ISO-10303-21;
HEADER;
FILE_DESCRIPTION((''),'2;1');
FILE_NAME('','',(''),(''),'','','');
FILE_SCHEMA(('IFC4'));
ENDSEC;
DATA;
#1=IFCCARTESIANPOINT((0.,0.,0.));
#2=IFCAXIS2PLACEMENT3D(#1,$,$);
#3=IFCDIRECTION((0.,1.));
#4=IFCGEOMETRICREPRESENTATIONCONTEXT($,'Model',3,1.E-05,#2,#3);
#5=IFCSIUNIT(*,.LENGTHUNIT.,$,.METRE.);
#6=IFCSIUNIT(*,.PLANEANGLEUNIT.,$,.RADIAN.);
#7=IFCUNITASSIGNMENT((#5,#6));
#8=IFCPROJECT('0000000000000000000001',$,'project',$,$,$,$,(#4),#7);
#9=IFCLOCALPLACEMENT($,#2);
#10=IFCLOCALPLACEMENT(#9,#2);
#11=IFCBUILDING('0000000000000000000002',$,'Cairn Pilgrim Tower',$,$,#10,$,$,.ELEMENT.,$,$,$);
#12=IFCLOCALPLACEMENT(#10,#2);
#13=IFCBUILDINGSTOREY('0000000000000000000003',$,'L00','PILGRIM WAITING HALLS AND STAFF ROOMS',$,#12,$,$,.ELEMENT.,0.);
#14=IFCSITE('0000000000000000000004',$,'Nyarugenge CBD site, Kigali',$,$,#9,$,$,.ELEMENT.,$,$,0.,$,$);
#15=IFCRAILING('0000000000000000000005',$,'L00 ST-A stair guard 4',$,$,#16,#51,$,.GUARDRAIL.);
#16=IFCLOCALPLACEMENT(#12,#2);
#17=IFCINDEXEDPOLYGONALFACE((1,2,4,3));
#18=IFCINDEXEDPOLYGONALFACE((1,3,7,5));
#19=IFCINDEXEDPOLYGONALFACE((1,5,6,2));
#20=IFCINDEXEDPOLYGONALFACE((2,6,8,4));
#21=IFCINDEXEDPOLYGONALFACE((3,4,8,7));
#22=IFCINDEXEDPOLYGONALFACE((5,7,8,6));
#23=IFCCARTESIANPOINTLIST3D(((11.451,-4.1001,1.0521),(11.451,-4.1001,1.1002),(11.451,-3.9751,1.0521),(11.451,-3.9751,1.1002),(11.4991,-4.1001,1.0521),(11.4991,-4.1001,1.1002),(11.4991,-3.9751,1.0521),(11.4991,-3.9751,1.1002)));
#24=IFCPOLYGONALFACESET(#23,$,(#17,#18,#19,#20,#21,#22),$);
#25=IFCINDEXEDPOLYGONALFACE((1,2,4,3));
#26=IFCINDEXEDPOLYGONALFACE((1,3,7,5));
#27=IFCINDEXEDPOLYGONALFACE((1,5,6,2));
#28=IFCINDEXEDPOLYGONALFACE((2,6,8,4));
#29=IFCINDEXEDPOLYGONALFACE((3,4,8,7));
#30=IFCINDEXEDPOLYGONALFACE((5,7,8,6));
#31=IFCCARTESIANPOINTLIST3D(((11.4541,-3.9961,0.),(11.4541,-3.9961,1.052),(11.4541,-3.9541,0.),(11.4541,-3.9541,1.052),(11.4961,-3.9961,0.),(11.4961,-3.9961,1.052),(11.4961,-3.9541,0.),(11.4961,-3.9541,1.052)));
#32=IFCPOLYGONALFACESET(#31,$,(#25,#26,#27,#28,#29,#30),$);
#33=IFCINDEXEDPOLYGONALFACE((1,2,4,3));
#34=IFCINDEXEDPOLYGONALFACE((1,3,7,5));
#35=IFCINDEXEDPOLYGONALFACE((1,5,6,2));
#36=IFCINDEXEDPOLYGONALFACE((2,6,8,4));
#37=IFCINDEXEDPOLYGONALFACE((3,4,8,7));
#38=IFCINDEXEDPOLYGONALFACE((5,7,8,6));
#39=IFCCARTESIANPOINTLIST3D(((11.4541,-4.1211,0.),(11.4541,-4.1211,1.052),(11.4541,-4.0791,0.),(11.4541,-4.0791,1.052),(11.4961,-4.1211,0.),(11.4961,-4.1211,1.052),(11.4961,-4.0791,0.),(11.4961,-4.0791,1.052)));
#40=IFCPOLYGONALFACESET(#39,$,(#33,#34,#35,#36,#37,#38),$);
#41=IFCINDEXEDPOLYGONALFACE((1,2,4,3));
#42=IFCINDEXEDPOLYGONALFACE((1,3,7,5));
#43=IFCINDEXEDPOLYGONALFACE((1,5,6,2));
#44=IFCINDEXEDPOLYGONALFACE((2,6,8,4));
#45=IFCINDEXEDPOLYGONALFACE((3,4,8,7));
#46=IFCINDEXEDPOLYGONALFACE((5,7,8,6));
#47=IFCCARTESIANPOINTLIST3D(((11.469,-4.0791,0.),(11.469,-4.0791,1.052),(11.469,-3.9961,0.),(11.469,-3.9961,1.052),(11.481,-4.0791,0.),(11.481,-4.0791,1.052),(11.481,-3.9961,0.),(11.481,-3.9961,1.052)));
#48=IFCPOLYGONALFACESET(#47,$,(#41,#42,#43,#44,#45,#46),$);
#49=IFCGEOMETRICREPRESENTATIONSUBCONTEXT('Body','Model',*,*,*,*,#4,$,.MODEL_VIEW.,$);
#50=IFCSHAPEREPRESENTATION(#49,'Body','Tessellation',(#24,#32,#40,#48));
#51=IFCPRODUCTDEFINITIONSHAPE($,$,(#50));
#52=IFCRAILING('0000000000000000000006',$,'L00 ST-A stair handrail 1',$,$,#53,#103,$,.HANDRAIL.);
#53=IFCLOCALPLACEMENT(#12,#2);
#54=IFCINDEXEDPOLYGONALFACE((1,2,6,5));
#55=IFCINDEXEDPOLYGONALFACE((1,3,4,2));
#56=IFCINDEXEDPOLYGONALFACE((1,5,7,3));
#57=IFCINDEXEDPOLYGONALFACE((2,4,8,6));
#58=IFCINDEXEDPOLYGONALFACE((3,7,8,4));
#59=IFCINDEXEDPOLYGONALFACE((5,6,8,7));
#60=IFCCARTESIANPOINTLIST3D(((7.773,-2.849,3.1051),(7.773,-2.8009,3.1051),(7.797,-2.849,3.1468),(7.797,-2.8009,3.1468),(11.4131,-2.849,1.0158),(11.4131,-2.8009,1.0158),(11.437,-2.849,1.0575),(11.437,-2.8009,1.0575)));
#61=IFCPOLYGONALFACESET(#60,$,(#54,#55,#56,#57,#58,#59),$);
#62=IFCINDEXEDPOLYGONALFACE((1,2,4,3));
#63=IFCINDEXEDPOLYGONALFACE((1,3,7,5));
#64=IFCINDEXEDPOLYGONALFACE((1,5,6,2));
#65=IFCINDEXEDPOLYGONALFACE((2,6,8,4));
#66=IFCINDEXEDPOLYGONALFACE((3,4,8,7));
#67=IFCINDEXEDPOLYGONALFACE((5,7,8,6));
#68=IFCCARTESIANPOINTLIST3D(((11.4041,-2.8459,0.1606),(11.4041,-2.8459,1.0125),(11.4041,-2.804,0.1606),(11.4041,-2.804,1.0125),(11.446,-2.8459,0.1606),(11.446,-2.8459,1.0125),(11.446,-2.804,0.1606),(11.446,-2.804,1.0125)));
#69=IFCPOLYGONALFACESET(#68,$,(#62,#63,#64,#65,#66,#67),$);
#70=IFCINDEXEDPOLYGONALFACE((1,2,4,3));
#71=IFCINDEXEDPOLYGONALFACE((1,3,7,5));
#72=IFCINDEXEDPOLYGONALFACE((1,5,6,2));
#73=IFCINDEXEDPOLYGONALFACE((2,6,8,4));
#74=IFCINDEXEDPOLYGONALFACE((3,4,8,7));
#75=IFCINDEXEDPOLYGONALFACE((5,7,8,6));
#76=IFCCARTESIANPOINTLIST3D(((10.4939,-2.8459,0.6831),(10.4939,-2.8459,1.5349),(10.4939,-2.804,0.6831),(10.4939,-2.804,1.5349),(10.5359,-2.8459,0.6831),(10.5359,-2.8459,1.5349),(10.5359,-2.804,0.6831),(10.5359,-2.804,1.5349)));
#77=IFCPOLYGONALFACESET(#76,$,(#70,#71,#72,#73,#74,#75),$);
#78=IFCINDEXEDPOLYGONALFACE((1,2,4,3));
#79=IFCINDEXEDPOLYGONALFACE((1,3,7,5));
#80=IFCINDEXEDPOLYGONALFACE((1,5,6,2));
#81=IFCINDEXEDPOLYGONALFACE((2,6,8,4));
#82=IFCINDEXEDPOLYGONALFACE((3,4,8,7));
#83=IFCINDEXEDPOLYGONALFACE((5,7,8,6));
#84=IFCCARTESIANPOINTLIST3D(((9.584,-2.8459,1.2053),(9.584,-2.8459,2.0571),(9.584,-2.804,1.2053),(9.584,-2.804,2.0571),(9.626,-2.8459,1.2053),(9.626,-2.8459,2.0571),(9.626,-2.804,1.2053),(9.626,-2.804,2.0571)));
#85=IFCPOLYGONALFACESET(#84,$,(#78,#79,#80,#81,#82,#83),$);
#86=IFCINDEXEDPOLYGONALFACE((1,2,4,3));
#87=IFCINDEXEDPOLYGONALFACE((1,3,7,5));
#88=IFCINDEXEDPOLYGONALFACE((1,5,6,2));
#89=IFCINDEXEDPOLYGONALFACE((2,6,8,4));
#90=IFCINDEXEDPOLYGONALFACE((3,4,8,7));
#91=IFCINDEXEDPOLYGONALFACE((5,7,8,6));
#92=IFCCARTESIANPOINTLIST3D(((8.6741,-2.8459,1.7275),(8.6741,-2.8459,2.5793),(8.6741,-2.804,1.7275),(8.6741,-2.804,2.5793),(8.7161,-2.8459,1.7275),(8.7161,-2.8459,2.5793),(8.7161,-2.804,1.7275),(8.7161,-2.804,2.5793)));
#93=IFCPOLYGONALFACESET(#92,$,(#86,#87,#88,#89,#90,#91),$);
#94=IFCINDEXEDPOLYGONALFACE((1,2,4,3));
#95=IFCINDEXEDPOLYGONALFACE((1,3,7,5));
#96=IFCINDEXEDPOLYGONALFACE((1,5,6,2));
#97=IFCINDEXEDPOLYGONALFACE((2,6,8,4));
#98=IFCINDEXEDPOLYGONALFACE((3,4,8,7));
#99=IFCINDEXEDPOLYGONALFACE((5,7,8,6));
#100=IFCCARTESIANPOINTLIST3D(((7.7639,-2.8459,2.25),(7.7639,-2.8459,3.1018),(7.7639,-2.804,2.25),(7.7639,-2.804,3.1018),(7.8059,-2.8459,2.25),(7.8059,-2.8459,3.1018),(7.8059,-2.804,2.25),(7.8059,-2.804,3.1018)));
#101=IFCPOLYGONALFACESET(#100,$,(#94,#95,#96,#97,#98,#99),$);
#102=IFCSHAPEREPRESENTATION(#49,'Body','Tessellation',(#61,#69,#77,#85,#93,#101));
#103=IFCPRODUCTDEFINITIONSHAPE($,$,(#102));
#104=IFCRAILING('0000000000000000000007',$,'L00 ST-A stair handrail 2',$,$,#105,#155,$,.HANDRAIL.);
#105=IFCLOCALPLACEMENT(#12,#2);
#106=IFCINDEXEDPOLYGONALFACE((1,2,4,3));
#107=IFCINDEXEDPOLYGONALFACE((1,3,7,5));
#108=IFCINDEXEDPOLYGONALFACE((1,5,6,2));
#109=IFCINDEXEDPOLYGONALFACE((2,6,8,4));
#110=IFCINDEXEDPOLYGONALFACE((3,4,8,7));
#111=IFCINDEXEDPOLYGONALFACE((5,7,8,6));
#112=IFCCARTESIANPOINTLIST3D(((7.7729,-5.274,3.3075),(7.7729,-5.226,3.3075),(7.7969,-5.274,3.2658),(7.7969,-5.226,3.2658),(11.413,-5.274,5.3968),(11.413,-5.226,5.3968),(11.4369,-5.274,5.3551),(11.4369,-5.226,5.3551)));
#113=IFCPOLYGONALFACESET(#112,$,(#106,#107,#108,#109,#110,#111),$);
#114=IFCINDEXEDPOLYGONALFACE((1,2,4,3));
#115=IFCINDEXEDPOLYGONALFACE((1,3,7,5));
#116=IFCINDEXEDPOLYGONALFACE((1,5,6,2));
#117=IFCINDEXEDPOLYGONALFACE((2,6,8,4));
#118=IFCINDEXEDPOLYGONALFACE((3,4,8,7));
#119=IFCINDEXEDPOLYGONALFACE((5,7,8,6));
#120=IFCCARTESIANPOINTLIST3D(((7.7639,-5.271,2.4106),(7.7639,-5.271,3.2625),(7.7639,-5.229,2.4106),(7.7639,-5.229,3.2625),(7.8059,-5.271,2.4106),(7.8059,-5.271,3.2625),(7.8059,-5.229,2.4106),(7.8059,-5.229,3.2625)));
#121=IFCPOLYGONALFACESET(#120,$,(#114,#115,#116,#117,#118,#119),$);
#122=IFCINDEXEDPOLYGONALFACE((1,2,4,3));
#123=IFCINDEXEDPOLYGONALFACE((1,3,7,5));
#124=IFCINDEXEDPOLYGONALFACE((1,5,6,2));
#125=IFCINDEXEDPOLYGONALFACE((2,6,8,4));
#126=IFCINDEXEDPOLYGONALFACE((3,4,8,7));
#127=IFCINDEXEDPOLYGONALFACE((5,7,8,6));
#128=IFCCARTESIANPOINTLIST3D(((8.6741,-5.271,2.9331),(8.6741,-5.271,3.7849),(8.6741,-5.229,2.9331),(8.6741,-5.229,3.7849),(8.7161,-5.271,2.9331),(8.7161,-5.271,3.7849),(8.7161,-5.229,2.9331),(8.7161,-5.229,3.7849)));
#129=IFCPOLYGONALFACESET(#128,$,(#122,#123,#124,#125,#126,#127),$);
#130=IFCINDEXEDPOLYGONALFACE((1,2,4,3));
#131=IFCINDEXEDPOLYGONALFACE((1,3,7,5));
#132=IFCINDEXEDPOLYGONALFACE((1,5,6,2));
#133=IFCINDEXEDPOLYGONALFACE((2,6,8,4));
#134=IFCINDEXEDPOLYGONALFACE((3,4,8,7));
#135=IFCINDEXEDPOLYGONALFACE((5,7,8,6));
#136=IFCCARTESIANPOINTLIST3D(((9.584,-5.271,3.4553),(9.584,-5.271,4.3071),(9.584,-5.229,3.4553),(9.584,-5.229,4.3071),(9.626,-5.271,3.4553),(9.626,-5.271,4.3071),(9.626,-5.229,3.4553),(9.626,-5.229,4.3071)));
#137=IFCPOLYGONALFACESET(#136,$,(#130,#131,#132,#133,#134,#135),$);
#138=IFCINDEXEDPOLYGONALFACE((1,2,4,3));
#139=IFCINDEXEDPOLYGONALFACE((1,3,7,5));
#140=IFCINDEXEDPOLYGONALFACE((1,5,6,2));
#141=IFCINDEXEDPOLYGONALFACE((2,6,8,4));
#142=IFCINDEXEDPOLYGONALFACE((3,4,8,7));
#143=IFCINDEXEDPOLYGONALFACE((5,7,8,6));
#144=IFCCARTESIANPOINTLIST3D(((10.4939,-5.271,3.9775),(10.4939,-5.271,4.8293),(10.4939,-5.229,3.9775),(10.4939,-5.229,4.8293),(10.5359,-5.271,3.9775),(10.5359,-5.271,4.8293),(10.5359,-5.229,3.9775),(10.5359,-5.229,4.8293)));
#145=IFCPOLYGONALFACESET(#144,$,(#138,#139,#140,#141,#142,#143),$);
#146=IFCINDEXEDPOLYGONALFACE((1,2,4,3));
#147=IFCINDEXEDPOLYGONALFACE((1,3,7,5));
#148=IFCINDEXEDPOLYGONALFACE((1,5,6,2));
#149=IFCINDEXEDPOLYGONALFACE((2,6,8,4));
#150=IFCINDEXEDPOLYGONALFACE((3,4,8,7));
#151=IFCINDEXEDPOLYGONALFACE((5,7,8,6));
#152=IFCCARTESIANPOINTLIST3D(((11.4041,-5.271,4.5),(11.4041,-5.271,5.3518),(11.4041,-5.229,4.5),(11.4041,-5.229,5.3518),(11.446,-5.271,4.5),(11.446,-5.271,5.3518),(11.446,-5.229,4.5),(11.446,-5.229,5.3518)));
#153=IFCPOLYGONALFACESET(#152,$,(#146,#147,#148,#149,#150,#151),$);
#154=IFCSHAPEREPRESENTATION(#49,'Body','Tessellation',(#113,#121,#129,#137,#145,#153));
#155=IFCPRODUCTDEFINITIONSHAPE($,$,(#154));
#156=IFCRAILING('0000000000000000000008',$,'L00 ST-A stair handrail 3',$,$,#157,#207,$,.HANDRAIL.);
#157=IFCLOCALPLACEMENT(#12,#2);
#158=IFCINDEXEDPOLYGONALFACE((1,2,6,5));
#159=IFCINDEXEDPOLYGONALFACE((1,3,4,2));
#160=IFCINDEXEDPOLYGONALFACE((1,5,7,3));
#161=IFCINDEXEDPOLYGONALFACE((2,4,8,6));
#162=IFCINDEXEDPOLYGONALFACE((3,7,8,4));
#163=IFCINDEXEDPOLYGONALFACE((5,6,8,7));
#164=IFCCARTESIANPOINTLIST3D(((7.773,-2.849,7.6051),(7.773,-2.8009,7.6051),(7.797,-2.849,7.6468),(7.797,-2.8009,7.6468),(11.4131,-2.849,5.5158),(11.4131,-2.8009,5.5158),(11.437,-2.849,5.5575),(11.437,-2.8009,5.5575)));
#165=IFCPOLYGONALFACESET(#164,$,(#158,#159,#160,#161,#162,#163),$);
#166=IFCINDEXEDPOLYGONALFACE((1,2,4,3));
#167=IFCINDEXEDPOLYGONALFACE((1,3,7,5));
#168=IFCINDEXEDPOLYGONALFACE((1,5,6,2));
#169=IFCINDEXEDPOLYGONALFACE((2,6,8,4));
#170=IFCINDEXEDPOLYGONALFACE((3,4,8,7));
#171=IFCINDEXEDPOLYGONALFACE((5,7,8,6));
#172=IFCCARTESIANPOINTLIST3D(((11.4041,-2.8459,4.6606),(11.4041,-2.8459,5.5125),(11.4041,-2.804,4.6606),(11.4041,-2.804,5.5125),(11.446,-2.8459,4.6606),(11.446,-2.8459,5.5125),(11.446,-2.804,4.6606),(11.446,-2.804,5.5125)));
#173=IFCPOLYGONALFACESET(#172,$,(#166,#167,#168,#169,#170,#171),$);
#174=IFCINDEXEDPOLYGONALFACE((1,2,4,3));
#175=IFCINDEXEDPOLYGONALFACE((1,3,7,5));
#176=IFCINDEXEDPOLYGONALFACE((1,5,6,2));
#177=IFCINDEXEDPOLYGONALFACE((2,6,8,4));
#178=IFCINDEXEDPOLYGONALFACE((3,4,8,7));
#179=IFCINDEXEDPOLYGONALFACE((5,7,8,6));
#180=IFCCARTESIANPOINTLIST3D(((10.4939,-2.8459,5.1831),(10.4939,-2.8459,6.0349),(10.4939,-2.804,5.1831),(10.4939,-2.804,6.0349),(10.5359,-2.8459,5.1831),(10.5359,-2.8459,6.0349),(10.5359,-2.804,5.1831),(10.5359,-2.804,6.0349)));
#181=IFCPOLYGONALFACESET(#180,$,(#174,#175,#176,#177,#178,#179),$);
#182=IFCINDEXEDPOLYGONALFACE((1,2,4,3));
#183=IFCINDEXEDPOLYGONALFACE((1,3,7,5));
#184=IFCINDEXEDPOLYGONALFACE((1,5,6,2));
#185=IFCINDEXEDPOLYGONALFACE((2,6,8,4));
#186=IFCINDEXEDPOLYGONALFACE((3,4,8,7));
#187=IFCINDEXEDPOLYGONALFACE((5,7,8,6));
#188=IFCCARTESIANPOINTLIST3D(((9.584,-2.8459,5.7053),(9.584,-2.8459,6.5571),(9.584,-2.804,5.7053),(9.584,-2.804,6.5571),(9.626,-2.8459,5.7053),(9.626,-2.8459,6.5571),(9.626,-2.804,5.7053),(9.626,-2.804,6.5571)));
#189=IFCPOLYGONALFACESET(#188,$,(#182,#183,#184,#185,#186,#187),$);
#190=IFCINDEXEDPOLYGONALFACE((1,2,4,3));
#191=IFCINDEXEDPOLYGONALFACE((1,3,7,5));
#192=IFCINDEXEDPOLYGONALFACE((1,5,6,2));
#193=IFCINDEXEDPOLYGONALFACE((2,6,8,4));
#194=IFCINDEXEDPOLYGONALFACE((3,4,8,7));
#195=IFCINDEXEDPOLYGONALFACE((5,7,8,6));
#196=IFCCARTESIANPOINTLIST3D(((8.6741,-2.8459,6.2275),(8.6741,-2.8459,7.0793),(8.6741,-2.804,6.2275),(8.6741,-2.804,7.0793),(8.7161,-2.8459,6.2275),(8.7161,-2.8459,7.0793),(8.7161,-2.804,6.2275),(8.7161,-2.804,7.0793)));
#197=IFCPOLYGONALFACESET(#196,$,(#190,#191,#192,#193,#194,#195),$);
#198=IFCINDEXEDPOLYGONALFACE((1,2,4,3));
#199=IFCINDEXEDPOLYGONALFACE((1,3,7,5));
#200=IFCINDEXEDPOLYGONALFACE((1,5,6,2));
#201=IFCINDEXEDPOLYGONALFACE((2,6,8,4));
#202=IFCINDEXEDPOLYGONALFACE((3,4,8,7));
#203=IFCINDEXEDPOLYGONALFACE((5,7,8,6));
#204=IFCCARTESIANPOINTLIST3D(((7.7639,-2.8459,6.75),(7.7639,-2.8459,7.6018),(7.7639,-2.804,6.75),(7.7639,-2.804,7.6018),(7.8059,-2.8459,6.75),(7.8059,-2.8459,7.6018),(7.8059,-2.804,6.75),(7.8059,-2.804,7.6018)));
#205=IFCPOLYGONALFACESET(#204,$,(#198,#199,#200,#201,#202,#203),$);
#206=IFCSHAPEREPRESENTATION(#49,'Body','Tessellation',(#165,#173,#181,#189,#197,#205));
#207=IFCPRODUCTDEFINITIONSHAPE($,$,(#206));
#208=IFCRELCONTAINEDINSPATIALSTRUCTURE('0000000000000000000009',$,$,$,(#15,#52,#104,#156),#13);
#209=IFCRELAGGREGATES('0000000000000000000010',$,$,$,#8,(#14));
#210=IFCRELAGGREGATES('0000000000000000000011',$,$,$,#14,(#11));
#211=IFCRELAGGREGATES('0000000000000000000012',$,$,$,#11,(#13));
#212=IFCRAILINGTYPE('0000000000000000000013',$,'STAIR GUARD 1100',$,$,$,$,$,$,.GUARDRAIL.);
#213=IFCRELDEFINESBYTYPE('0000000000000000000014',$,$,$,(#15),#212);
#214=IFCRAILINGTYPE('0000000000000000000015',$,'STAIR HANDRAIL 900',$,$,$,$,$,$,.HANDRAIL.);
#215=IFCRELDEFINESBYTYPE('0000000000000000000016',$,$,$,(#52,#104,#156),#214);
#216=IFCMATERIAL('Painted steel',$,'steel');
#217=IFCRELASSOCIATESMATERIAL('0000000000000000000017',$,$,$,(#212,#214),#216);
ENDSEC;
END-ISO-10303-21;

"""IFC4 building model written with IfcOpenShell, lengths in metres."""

from ifc_helpers import new_model, si_unit, direction, frame, origin, origin_2d, place, context, subcontext, project, spatial, polyline, rectangle, outline, extrude, material, type_object, element, save


model = new_model("IFC4")

# Units and contexts
model_context = context("Model", 3, precision=1e-05, world=origin(), true_north=direction((0.0, 1.0)))
body_context = subcontext(model_context, "Body", "Model", "MODEL_VIEW")
ifc_project = project(units=[si_unit("LENGTHUNIT", "METRE"), si_unit("PLANEANGLEUNIT", "RADIAN")], contexts=[model_context])

# Site, building, storey
site_placement = place(None, origin())
site = spatial("IfcSite", under=ifc_project, at=site_placement, Name="Nyarugenge CBD site, Kigali", CompositionType="ELEMENT", RefElevation=0.0)
building_placement = place(site_placement, origin())
building = spatial("IfcBuilding", under=site, at=building_placement, Name="Cairn Pilgrim Tower", CompositionType="ELEMENT")
storey_placement = place(building_placement, origin())
storey = spatial("IfcBuildingStorey", under=building, at=storey_placement, Name="L00", Description="PILGRIM WAITING HALLS AND STAFF ROOMS", CompositionType="ELEMENT", Elevation=0.0)

# Shared definitions
ifc_material_1 = material(Name="Painted steel", Category="steel")

# Railings
railing_type_1 = type_object("IfcRailingType", Name="STAIR GUARD 1100", PredefinedType="GUARDRAIL", material=ifc_material_1)
railing_1_placement = place(storey_placement, frame((11.4751, -3.9751, 0.0)))
element("IfcRailing", 1, at=railing_1_placement, inside=storey, type_object=railing_type_1, Name="L00 ST-A stair guard 4", PredefinedType="GUARDRAIL", context=body_context, shape_type="SweptSolid", body=[
    extrude(rectangle(XDim=0.0481, YDim=0.0481, at=origin_2d()), frame((0.0, 0.0, 1.0762), z_axis=(0.0, -1.0, 0.0), x_axis=(1.0, 0.0, 0.0)), (0.0, 0.0, 1.0), 0.125),
    extrude(rectangle(XDim=0.042, YDim=0.042, at=origin_2d()), origin(), (0.0, 0.0, 1.0), 1.052),
    extrude(rectangle(XDim=0.042, YDim=0.042, at=origin_2d()), frame((0.0, -0.125, 0.0)), (0.0, 0.0, 1.0), 1.052),
    extrude(outline(polyline([(0.021, 0.0), (0.104, 0.0), (0.104, 1.052), (0.021, 1.052), (0.021, 0.0)])), frame((0.0059, 0.0, 0.0), z_axis=(-1.0, 0.0, 0.0), x_axis=(0.0, -1.0, 0.0)), (0.0, 0.0, 1.0), 0.012),
])
railing_type_2 = type_object("IfcRailingType", Name="STAIR HANDRAIL 900", PredefinedType="HANDRAIL", material=ifc_material_1)
railing_2_placement = place(storey_placement, frame((11.425, -2.825, 0.1606)))
element("IfcRailing", 2, at=railing_2_placement, inside=storey, type_object=railing_type_2, Name="L00 ST-A stair handrail 1", PredefinedType="HANDRAIL", context=body_context, shape_type="SweptSolid", body=[
    extrude(rectangle(XDim=0.0481, YDim=0.0481, at=origin_2d()), frame((0.0, 0.0, 0.876), z_axis=(-0.867289, 0.0, 0.497804), x_axis=(0.0, -1.0, 0.0)), (0.0, 0.0, 1.0), 4.197),
    extrude(rectangle(XDim=0.042, YDim=0.042, at=origin_2d()), origin(), (0.0, 0.0, 1.0), 0.8518),
    extrude(rectangle(XDim=0.042, YDim=0.042, at=origin_2d()), frame((-0.9102, 0.0, 0.5225)), (0.0, 0.0, 1.0), 0.8518),
    extrude(rectangle(XDim=0.042, YDim=0.042, at=origin_2d()), frame((-1.8201, 0.0, 1.0447)), (0.0, 0.0, 1.0), 0.8518),
    extrude(rectangle(XDim=0.042, YDim=0.042, at=origin_2d()), frame((-2.73, 0.0, 1.5669)), (0.0, 0.0, 1.0), 0.8518),
    extrude(rectangle(XDim=0.042, YDim=0.042, at=origin_2d()), frame((-3.6401, 0.0, 2.0894)), (0.0, 0.0, 1.0), 0.8518),
])
railing_3_placement = place(storey_placement, frame((7.7849, -5.25, 2.4106)))
element("IfcRailing", 3, at=railing_3_placement, inside=storey, type_object=railing_type_2, Name="L00 ST-A stair handrail 2", PredefinedType="HANDRAIL", context=body_context, shape_type="SweptSolid", body=[
    extrude(rectangle(XDim=0.0481, YDim=0.0481, at=origin_2d()), frame((0.0, 0.0, 0.876), z_axis=(0.867289, 0.0, 0.497804), x_axis=(0.0, 1.0, 0.0)), (0.0, 0.0, 1.0), 4.197),
    extrude(rectangle(XDim=0.042, YDim=0.042, at=origin_2d()), origin(), (0.0, 0.0, 1.0), 0.8518),
    extrude(rectangle(XDim=0.042, YDim=0.042, at=origin_2d()), frame((0.9102, 0.0, 0.5225)), (0.0, 0.0, 1.0), 0.8518),
    extrude(rectangle(XDim=0.042, YDim=0.042, at=origin_2d()), frame((1.8201, 0.0, 1.0447)), (0.0, 0.0, 1.0), 0.8518),
    extrude(rectangle(XDim=0.042, YDim=0.042, at=origin_2d()), frame((2.73, 0.0, 1.5669)), (0.0, 0.0, 1.0), 0.8518),
    extrude(rectangle(XDim=0.042, YDim=0.042, at=origin_2d()), frame((3.6401, 0.0, 2.0894)), (0.0, 0.0, 1.0), 0.8518),
])
railing_4_placement = place(storey_placement, frame((11.425, -2.825, 4.6606)))
element("IfcRailing", 4, at=railing_4_placement, inside=storey, type_object=railing_type_2, Name="L00 ST-A stair handrail 3", PredefinedType="HANDRAIL", context=body_context, shape_type="SweptSolid", body=[
    extrude(rectangle(XDim=0.0481, YDim=0.0481, at=origin_2d()), frame((0.0, 0.0, 0.876), z_axis=(-0.867289, 0.0, 0.497804), x_axis=(0.0, -1.0, 0.0)), (0.0, 0.0, 1.0), 4.197),
    extrude(rectangle(XDim=0.042, YDim=0.042, at=origin_2d()), origin(), (0.0, 0.0, 1.0), 0.8518),
    extrude(rectangle(XDim=0.042, YDim=0.042, at=origin_2d()), frame((-0.9102, 0.0, 0.5225)), (0.0, 0.0, 1.0), 0.8518),
    extrude(rectangle(XDim=0.042, YDim=0.042, at=origin_2d()), frame((-1.8201, 0.0, 1.0447)), (0.0, 0.0, 1.0), 0.8518),
    extrude(rectangle(XDim=0.042, YDim=0.042, at=origin_2d()), frame((-2.73, 0.0, 1.5669)), (0.0, 0.0, 1.0), 0.8518),
    extrude(rectangle(XDim=0.042, YDim=0.042, at=origin_2d()), frame((-3.6401, 0.0, 2.0894)), (0.0, 0.0, 1.0), 0.8518),
])

save(model, "model.ifc")
